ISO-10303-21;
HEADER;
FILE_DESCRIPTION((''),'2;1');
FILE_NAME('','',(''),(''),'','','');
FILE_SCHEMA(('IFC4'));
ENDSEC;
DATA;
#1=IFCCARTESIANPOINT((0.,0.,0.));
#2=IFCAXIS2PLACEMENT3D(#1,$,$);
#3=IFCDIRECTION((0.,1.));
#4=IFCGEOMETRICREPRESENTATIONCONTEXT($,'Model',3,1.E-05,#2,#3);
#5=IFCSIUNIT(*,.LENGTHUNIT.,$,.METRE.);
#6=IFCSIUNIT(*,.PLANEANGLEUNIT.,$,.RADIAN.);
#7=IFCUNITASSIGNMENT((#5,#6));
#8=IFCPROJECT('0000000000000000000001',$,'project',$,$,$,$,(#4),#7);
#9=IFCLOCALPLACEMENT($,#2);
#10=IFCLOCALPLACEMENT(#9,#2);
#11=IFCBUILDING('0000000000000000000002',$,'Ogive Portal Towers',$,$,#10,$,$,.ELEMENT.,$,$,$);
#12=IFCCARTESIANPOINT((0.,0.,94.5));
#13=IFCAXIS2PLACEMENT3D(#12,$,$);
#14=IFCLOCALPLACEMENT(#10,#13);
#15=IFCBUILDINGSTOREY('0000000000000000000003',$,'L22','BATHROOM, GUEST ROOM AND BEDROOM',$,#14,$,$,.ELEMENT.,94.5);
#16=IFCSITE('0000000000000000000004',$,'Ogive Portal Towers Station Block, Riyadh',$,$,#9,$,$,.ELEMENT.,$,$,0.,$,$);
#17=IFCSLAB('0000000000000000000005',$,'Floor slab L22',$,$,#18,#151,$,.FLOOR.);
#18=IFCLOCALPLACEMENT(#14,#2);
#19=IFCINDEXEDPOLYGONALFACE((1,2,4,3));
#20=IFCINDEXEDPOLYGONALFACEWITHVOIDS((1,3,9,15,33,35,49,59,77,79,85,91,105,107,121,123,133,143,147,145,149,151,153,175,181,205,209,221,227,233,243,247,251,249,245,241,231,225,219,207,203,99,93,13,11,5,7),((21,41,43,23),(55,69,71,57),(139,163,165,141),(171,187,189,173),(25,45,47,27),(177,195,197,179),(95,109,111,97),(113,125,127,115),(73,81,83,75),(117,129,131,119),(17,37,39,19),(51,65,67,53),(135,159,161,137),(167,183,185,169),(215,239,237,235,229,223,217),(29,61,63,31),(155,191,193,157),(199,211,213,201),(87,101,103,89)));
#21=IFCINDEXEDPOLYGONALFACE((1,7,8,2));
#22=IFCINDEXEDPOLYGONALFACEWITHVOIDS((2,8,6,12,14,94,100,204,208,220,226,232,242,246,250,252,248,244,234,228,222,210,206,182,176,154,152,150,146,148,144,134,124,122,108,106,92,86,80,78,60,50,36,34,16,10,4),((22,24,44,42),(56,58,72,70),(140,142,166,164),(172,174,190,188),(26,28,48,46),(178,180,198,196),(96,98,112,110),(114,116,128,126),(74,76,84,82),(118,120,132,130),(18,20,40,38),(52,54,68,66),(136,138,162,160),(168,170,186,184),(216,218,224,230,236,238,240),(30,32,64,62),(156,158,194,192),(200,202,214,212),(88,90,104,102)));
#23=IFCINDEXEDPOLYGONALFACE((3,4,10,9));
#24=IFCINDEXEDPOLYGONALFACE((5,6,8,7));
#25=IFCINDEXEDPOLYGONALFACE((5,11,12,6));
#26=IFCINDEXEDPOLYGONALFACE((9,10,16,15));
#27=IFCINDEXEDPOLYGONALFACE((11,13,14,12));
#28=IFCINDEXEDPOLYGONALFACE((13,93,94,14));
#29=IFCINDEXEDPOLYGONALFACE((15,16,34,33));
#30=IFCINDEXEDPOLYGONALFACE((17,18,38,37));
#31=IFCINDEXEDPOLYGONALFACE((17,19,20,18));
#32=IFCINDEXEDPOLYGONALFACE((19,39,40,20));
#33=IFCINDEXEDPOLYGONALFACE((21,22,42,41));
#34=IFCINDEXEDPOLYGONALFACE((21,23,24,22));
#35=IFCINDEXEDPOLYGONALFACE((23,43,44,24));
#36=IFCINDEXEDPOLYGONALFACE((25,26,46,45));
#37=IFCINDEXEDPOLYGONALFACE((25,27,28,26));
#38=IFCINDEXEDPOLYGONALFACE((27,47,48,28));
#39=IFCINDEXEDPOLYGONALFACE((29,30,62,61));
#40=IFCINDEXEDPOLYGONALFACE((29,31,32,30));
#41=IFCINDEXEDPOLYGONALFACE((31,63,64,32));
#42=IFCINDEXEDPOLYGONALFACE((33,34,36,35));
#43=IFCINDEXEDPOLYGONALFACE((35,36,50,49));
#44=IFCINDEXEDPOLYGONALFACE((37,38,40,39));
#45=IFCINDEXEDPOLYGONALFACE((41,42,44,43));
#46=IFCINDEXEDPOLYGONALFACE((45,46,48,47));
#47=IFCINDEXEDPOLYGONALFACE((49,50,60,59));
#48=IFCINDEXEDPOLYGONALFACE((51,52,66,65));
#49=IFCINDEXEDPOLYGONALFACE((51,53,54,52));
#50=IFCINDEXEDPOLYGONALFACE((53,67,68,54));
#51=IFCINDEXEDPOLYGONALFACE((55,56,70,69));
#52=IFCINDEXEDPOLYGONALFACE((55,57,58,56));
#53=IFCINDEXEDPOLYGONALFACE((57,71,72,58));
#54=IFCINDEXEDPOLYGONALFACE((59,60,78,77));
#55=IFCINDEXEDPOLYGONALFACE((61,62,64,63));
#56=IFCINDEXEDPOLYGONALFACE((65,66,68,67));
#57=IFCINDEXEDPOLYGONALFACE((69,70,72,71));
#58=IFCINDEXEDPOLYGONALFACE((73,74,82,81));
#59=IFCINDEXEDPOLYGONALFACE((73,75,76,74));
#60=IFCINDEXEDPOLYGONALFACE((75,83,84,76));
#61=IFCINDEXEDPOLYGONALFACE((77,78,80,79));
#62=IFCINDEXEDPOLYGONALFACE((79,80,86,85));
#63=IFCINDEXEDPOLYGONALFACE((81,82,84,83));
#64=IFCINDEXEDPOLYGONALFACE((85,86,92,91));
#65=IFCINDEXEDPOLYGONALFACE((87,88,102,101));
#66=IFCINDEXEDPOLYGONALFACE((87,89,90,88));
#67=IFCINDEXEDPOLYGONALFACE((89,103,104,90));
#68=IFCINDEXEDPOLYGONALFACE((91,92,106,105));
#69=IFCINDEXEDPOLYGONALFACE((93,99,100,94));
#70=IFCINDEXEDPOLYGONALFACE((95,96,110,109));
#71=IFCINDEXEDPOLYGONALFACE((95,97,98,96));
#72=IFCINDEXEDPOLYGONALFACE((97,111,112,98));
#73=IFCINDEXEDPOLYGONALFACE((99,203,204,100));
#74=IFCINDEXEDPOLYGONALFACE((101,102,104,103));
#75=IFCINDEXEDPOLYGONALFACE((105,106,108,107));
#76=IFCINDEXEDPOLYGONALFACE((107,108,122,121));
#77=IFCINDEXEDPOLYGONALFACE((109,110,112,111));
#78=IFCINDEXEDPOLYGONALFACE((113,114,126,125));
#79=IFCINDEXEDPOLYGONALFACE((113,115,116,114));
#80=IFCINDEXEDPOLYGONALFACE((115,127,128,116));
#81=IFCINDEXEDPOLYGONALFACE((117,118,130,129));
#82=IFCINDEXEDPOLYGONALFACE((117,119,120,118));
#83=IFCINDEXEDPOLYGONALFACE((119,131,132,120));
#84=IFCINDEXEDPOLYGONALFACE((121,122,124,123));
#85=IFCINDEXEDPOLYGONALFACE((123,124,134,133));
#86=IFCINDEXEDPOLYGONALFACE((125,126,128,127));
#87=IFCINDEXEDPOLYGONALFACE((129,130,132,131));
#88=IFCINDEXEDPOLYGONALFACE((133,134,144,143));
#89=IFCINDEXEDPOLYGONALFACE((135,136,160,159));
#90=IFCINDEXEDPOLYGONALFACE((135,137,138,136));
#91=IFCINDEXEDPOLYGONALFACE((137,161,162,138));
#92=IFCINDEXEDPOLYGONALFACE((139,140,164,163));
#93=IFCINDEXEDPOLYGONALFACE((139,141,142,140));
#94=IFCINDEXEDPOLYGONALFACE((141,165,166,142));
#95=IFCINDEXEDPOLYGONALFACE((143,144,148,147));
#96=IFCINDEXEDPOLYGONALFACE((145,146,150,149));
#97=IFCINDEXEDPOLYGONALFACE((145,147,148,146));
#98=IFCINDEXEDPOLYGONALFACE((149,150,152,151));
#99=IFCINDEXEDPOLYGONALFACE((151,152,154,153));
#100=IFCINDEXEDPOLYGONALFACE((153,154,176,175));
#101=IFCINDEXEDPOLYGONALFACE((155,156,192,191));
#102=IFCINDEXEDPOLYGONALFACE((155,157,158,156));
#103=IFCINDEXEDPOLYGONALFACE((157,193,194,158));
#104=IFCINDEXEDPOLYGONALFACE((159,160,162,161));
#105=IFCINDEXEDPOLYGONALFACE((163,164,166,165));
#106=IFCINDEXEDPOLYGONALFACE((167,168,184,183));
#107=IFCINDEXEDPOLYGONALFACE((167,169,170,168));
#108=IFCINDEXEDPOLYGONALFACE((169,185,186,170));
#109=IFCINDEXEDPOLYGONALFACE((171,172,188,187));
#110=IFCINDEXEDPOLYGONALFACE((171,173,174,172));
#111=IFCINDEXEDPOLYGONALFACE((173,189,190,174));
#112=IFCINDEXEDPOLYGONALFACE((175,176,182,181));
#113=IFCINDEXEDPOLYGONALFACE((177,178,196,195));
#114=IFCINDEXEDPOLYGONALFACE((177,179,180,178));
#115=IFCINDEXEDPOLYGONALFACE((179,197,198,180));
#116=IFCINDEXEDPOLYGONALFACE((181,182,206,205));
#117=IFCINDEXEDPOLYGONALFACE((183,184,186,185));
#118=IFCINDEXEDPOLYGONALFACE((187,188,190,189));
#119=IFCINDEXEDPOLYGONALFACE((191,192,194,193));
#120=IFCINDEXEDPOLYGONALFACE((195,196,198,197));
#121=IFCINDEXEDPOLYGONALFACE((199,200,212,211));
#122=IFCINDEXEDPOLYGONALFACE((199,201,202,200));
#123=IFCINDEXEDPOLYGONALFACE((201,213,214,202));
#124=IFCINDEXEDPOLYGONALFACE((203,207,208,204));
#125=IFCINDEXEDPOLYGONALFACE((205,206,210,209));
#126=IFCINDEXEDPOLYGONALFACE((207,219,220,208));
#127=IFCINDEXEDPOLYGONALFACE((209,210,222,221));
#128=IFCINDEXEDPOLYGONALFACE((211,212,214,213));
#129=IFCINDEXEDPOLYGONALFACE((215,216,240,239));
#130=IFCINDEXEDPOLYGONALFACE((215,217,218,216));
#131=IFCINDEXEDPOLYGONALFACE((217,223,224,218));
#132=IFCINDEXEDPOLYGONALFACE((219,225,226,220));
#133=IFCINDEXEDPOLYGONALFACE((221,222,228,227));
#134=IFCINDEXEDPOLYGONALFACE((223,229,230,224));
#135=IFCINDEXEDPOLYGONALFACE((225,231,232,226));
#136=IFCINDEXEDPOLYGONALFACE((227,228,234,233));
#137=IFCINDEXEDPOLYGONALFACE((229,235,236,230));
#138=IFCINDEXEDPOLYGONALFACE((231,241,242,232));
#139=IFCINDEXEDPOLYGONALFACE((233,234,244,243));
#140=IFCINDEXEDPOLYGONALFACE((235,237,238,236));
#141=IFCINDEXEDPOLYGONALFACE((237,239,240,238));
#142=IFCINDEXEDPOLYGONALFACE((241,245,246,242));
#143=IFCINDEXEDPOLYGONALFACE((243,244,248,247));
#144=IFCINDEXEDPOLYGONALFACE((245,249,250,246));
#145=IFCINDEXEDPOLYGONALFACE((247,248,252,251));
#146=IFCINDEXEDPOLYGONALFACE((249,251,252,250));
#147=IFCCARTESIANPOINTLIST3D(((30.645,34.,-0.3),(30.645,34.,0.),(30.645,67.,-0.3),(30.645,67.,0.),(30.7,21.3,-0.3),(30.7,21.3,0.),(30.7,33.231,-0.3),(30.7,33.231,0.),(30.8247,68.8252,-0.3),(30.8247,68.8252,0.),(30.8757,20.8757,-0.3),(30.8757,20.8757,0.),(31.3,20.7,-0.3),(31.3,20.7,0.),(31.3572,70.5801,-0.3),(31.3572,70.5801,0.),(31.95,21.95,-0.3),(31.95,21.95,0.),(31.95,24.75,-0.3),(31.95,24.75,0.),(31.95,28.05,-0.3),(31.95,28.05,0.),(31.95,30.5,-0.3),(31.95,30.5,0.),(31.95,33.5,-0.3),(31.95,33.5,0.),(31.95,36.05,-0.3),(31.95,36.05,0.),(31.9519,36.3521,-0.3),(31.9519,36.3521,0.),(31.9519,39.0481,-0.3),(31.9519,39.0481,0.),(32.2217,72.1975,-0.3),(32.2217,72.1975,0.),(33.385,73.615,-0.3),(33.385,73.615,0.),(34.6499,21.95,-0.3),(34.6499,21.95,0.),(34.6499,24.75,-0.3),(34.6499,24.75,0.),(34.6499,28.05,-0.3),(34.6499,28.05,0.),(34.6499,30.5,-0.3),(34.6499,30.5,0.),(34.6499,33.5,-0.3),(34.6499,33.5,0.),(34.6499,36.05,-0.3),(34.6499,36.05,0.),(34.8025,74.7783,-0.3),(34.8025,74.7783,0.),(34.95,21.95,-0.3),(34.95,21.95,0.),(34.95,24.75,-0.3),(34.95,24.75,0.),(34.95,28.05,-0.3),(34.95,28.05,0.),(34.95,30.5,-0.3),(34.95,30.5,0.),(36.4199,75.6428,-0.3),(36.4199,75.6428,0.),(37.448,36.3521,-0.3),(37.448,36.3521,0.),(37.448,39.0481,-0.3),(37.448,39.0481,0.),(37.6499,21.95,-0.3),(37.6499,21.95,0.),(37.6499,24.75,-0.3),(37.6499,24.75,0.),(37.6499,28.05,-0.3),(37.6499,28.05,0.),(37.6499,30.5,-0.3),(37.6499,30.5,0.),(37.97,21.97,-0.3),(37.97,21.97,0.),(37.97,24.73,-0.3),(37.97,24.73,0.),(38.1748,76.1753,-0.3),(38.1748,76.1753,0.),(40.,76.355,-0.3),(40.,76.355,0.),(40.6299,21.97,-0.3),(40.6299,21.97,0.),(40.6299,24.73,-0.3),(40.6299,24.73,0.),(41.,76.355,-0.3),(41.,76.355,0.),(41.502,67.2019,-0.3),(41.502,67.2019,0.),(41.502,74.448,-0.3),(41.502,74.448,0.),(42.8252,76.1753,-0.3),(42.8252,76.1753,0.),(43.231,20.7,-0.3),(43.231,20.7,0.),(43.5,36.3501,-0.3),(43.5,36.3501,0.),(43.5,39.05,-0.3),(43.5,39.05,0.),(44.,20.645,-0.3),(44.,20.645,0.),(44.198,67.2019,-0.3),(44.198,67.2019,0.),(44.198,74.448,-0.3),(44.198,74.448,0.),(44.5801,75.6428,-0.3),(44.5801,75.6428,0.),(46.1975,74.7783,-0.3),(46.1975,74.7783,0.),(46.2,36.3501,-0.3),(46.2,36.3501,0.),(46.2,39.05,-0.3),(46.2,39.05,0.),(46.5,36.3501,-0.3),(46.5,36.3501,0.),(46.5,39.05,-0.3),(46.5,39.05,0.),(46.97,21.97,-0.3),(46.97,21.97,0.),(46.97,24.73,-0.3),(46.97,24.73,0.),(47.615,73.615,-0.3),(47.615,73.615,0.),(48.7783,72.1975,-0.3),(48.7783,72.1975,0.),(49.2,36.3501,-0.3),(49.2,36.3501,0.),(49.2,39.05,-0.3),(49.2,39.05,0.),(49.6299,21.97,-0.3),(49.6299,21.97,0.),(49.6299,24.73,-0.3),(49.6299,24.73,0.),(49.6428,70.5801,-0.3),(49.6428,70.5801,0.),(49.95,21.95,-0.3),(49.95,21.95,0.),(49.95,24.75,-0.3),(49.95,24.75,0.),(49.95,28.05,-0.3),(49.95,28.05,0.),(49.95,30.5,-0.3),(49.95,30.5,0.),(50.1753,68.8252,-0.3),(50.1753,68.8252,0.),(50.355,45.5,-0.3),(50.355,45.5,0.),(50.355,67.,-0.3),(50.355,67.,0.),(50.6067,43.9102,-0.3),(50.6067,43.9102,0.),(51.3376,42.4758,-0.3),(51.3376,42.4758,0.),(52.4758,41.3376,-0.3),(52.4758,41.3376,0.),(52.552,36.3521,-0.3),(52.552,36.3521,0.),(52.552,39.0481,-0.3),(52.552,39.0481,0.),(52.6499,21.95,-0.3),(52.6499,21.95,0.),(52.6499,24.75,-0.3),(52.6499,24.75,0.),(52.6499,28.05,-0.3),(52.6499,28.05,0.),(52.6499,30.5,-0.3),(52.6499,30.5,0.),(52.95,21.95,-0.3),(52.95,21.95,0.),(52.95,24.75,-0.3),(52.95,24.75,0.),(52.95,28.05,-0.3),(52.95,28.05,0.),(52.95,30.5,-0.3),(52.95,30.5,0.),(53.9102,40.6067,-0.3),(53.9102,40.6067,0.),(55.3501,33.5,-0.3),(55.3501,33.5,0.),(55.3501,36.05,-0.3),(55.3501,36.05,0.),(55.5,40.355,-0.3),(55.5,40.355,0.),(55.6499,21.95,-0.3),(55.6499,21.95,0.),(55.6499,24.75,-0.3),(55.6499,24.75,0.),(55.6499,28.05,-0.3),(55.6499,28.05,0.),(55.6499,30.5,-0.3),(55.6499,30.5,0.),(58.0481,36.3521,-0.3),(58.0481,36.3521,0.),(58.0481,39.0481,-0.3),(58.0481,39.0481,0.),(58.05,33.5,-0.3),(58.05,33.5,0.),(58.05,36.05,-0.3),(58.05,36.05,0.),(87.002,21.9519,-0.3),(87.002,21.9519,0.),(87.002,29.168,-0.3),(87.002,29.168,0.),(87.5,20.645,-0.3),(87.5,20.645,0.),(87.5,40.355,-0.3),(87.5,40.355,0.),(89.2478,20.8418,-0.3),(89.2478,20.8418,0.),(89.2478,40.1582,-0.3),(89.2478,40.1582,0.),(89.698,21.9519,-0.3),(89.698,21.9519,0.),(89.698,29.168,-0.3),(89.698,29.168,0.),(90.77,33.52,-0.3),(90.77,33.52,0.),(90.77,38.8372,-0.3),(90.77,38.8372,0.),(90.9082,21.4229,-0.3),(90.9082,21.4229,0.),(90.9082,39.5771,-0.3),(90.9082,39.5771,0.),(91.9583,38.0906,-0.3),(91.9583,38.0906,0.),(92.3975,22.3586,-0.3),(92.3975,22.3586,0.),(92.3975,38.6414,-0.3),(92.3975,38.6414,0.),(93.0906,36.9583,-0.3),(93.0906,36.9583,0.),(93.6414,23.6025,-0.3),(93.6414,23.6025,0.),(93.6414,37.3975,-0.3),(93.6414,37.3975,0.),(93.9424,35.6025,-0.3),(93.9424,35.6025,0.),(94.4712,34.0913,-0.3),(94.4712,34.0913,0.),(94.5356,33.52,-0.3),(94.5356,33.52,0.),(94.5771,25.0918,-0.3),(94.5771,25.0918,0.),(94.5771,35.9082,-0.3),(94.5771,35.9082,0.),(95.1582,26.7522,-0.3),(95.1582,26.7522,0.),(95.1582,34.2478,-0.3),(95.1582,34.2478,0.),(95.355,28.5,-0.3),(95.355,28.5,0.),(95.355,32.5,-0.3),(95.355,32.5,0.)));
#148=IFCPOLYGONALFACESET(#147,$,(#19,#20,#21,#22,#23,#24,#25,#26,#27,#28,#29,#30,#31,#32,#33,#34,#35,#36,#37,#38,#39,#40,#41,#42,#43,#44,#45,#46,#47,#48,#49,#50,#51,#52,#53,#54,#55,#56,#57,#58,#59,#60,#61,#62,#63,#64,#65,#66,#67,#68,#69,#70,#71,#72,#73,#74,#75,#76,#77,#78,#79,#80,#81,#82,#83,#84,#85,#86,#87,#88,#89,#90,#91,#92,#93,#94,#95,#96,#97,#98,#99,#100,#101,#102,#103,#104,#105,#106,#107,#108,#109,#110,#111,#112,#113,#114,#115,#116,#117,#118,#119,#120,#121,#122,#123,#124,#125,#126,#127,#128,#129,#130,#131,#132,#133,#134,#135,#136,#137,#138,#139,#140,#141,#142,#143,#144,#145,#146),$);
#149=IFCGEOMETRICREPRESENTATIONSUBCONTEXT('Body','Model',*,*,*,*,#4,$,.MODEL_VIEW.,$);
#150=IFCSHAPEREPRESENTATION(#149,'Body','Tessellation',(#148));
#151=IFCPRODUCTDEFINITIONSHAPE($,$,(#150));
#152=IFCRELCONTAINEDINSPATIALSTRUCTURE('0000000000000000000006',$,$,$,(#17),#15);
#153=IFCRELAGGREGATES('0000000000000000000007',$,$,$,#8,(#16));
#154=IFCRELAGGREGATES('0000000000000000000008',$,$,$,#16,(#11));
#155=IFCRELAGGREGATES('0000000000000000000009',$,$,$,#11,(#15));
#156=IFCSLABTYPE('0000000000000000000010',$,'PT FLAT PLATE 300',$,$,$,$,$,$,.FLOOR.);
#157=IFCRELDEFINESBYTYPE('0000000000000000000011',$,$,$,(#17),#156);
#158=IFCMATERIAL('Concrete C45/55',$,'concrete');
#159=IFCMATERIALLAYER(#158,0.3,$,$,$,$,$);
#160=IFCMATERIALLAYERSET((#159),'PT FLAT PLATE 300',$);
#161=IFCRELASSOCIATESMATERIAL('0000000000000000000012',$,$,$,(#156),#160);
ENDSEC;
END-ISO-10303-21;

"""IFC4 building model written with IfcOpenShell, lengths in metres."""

from ifc_helpers import new_model, si_unit, direction, frame, origin, place, context, subcontext, project, spatial, polyline, outline, extrude, material, layer, layer_set, type_object, element, save


model = new_model("IFC4")

# Units and contexts
model_context = context("Model", 3, precision=1e-05, world=origin(), true_north=direction((0.0, 1.0)))
body_context = subcontext(model_context, "Body", "Model", "MODEL_VIEW")
ifc_project = project(units=[si_unit("LENGTHUNIT", "METRE"), si_unit("PLANEANGLEUNIT", "RADIAN")], contexts=[model_context])

# Site, building, storey
site_placement = place(None, origin())
site = spatial("IfcSite", under=ifc_project, at=site_placement, Name="Ogive Portal Towers Station Block, Riyadh", CompositionType="ELEMENT", RefElevation=0.0)
building_placement = place(site_placement, origin())
building = spatial("IfcBuilding", under=site, at=building_placement, Name="Ogive Portal Towers", CompositionType="ELEMENT")
storey_placement = place(building_placement, frame((0.0, 0.0, 94.5)))
storey = spatial("IfcBuildingStorey", under=building, at=storey_placement, Name="L22", Description="BATHROOM, GUEST ROOM AND BEDROOM", CompositionType="ELEMENT", Elevation=94.5)

# Slab
ifc_material_1 = material(Name="Concrete C45/55", Category="concrete")
ifc_layer_1 = layer(ifc_material_1, 0.3)
ifc_layer_set_1 = layer_set([ifc_layer_1], Name="PT FLAT PLATE 300")
slab_type_1 = type_object("IfcSlabType", Name="PT FLAT PLATE 300", PredefinedType="FLOOR", material=ifc_layer_set_1)
slab_1_placement = place(storey_placement, frame((0.0, 0.0, -0.3)))
element("IfcSlab", 1, at=slab_1_placement, inside=storey, type_object=slab_type_1, Name="Floor slab L22", PredefinedType="FLOOR", context=body_context, shape_type="SweptSolid", body=[
    extrude(outline(polyline([(30.645, 67.0), (30.645, 34.0), (30.7, 33.231), (30.7, 21.3), (30.8757, 20.8757), (31.3, 20.7), (43.231, 20.7), (44.0, 20.645), (87.5, 20.645), (89.2478, 20.8418), (90.9082, 21.4229), (92.3975, 22.3586), (93.6414, 23.6025), (94.5771, 25.0918), (95.1582, 26.7522), (95.355, 28.5), (95.355, 32.5), (95.1582, 34.2478), (94.5771, 35.9082), (93.6414, 37.3975), (92.3975, 38.6414), (90.9082, 39.5771), (89.2478, 40.1582), (87.5, 40.355), (55.5, 40.355), (53.9102, 40.6067), (52.4758, 41.3376), (51.3376, 42.4758), (50.6067, 43.9102), (50.355, 45.5), (50.355, 67.0), (50.1753, 68.8252), (49.6428, 70.5801), (48.7783, 72.1975), (47.615, 73.615), (46.1975, 74.7783), (44.5801, 75.6428), (42.8252, 76.1753), (41.0, 76.355), (40.0, 76.355), (38.1748, 76.1753), (36.4199, 75.6428), (34.8025, 74.7783), (33.385, 73.615), (32.2217, 72.1975), (31.3572, 70.5801), (30.8247, 68.8252), (30.645, 67.0)]), holes=[polyline([(34.6499, 24.75), (34.6499, 21.95), (31.95, 21.95), (31.95, 24.75), (34.6499, 24.75)]), polyline([(37.6499, 24.75), (37.6499, 21.95), (34.95, 21.95), (34.95, 24.75), (37.6499, 24.75)]), polyline([(40.6299, 21.97), (37.97, 21.97), (37.97, 24.73), (40.6299, 24.73), (40.6299, 21.97)]), polyline([(46.97, 21.97), (46.97, 24.73), (49.6299, 24.73), (49.6299, 21.97), (46.97, 21.97)]), polyline([(34.6499, 28.05), (31.95, 28.05), (31.95, 30.5), (34.6499, 30.5), (34.6499, 28.05)]), polyline([(37.6499, 30.5), (37.6499, 28.05), (34.95, 28.05), (34.95, 30.5), (37.6499, 30.5)]), polyline([(34.6499, 36.05), (34.6499, 33.5), (31.95, 33.5), (31.95, 36.05), (34.6499, 36.05)]), polyline([(31.9519, 39.0481), (37.448, 39.0481), (37.448, 36.3521), (31.9519, 36.3521), (31.9519, 39.0481)]), polyline([(46.2, 36.3501), (43.5, 36.3501), (43.5, 39.05), (46.2, 39.05), (46.2, 36.3501)]), polyline([(49.2, 36.3501), (46.5, 36.3501), (46.5, 39.05), (49.2, 39.05), (49.2, 36.3501)]), polyline([(44.198, 74.448), (44.198, 67.2019), (41.502, 67.2019), (41.502, 74.448), (44.198, 74.448)]), polyline([(52.6499, 24.75), (52.6499, 21.95), (49.95, 21.95), (49.95, 24.75), (52.6499, 24.75)]), polyline([(55.6499, 21.95), (52.95, 21.95), (52.95, 24.75), (55.6499, 24.75), (55.6499, 21.95)]), polyline([(87.002, 29.168), (89.698, 29.168), (89.698, 21.9519), (87.002, 21.9519), (87.002, 29.168)]), polyline([(52.6499, 30.5), (52.6499, 28.05), (49.95, 28.05), (49.95, 30.5), (52.6499, 30.5)]), polyline([(55.6499, 28.05), (52.95, 28.05), (52.95, 30.5), (55.6499, 30.5), (55.6499, 28.05)]), polyline([(58.05, 36.05), (58.05, 33.5), (55.3501, 33.5), (55.3501, 36.05), (58.05, 36.05)]), polyline([(93.9424, 35.6025), (94.4712, 34.0913), (94.5356, 33.52), (90.77, 33.52), (90.77, 38.8372), (91.9583, 38.0906), (93.0906, 36.9583), (93.9424, 35.6025)]), polyline([(52.552, 36.3521), (52.552, 39.0481), (58.0481, 39.0481), (58.0481, 36.3521), (52.552, 36.3521)])]), origin(), (0.0, 0.0, 1.0), 0.3),
])

save(model, "model.ifc")
